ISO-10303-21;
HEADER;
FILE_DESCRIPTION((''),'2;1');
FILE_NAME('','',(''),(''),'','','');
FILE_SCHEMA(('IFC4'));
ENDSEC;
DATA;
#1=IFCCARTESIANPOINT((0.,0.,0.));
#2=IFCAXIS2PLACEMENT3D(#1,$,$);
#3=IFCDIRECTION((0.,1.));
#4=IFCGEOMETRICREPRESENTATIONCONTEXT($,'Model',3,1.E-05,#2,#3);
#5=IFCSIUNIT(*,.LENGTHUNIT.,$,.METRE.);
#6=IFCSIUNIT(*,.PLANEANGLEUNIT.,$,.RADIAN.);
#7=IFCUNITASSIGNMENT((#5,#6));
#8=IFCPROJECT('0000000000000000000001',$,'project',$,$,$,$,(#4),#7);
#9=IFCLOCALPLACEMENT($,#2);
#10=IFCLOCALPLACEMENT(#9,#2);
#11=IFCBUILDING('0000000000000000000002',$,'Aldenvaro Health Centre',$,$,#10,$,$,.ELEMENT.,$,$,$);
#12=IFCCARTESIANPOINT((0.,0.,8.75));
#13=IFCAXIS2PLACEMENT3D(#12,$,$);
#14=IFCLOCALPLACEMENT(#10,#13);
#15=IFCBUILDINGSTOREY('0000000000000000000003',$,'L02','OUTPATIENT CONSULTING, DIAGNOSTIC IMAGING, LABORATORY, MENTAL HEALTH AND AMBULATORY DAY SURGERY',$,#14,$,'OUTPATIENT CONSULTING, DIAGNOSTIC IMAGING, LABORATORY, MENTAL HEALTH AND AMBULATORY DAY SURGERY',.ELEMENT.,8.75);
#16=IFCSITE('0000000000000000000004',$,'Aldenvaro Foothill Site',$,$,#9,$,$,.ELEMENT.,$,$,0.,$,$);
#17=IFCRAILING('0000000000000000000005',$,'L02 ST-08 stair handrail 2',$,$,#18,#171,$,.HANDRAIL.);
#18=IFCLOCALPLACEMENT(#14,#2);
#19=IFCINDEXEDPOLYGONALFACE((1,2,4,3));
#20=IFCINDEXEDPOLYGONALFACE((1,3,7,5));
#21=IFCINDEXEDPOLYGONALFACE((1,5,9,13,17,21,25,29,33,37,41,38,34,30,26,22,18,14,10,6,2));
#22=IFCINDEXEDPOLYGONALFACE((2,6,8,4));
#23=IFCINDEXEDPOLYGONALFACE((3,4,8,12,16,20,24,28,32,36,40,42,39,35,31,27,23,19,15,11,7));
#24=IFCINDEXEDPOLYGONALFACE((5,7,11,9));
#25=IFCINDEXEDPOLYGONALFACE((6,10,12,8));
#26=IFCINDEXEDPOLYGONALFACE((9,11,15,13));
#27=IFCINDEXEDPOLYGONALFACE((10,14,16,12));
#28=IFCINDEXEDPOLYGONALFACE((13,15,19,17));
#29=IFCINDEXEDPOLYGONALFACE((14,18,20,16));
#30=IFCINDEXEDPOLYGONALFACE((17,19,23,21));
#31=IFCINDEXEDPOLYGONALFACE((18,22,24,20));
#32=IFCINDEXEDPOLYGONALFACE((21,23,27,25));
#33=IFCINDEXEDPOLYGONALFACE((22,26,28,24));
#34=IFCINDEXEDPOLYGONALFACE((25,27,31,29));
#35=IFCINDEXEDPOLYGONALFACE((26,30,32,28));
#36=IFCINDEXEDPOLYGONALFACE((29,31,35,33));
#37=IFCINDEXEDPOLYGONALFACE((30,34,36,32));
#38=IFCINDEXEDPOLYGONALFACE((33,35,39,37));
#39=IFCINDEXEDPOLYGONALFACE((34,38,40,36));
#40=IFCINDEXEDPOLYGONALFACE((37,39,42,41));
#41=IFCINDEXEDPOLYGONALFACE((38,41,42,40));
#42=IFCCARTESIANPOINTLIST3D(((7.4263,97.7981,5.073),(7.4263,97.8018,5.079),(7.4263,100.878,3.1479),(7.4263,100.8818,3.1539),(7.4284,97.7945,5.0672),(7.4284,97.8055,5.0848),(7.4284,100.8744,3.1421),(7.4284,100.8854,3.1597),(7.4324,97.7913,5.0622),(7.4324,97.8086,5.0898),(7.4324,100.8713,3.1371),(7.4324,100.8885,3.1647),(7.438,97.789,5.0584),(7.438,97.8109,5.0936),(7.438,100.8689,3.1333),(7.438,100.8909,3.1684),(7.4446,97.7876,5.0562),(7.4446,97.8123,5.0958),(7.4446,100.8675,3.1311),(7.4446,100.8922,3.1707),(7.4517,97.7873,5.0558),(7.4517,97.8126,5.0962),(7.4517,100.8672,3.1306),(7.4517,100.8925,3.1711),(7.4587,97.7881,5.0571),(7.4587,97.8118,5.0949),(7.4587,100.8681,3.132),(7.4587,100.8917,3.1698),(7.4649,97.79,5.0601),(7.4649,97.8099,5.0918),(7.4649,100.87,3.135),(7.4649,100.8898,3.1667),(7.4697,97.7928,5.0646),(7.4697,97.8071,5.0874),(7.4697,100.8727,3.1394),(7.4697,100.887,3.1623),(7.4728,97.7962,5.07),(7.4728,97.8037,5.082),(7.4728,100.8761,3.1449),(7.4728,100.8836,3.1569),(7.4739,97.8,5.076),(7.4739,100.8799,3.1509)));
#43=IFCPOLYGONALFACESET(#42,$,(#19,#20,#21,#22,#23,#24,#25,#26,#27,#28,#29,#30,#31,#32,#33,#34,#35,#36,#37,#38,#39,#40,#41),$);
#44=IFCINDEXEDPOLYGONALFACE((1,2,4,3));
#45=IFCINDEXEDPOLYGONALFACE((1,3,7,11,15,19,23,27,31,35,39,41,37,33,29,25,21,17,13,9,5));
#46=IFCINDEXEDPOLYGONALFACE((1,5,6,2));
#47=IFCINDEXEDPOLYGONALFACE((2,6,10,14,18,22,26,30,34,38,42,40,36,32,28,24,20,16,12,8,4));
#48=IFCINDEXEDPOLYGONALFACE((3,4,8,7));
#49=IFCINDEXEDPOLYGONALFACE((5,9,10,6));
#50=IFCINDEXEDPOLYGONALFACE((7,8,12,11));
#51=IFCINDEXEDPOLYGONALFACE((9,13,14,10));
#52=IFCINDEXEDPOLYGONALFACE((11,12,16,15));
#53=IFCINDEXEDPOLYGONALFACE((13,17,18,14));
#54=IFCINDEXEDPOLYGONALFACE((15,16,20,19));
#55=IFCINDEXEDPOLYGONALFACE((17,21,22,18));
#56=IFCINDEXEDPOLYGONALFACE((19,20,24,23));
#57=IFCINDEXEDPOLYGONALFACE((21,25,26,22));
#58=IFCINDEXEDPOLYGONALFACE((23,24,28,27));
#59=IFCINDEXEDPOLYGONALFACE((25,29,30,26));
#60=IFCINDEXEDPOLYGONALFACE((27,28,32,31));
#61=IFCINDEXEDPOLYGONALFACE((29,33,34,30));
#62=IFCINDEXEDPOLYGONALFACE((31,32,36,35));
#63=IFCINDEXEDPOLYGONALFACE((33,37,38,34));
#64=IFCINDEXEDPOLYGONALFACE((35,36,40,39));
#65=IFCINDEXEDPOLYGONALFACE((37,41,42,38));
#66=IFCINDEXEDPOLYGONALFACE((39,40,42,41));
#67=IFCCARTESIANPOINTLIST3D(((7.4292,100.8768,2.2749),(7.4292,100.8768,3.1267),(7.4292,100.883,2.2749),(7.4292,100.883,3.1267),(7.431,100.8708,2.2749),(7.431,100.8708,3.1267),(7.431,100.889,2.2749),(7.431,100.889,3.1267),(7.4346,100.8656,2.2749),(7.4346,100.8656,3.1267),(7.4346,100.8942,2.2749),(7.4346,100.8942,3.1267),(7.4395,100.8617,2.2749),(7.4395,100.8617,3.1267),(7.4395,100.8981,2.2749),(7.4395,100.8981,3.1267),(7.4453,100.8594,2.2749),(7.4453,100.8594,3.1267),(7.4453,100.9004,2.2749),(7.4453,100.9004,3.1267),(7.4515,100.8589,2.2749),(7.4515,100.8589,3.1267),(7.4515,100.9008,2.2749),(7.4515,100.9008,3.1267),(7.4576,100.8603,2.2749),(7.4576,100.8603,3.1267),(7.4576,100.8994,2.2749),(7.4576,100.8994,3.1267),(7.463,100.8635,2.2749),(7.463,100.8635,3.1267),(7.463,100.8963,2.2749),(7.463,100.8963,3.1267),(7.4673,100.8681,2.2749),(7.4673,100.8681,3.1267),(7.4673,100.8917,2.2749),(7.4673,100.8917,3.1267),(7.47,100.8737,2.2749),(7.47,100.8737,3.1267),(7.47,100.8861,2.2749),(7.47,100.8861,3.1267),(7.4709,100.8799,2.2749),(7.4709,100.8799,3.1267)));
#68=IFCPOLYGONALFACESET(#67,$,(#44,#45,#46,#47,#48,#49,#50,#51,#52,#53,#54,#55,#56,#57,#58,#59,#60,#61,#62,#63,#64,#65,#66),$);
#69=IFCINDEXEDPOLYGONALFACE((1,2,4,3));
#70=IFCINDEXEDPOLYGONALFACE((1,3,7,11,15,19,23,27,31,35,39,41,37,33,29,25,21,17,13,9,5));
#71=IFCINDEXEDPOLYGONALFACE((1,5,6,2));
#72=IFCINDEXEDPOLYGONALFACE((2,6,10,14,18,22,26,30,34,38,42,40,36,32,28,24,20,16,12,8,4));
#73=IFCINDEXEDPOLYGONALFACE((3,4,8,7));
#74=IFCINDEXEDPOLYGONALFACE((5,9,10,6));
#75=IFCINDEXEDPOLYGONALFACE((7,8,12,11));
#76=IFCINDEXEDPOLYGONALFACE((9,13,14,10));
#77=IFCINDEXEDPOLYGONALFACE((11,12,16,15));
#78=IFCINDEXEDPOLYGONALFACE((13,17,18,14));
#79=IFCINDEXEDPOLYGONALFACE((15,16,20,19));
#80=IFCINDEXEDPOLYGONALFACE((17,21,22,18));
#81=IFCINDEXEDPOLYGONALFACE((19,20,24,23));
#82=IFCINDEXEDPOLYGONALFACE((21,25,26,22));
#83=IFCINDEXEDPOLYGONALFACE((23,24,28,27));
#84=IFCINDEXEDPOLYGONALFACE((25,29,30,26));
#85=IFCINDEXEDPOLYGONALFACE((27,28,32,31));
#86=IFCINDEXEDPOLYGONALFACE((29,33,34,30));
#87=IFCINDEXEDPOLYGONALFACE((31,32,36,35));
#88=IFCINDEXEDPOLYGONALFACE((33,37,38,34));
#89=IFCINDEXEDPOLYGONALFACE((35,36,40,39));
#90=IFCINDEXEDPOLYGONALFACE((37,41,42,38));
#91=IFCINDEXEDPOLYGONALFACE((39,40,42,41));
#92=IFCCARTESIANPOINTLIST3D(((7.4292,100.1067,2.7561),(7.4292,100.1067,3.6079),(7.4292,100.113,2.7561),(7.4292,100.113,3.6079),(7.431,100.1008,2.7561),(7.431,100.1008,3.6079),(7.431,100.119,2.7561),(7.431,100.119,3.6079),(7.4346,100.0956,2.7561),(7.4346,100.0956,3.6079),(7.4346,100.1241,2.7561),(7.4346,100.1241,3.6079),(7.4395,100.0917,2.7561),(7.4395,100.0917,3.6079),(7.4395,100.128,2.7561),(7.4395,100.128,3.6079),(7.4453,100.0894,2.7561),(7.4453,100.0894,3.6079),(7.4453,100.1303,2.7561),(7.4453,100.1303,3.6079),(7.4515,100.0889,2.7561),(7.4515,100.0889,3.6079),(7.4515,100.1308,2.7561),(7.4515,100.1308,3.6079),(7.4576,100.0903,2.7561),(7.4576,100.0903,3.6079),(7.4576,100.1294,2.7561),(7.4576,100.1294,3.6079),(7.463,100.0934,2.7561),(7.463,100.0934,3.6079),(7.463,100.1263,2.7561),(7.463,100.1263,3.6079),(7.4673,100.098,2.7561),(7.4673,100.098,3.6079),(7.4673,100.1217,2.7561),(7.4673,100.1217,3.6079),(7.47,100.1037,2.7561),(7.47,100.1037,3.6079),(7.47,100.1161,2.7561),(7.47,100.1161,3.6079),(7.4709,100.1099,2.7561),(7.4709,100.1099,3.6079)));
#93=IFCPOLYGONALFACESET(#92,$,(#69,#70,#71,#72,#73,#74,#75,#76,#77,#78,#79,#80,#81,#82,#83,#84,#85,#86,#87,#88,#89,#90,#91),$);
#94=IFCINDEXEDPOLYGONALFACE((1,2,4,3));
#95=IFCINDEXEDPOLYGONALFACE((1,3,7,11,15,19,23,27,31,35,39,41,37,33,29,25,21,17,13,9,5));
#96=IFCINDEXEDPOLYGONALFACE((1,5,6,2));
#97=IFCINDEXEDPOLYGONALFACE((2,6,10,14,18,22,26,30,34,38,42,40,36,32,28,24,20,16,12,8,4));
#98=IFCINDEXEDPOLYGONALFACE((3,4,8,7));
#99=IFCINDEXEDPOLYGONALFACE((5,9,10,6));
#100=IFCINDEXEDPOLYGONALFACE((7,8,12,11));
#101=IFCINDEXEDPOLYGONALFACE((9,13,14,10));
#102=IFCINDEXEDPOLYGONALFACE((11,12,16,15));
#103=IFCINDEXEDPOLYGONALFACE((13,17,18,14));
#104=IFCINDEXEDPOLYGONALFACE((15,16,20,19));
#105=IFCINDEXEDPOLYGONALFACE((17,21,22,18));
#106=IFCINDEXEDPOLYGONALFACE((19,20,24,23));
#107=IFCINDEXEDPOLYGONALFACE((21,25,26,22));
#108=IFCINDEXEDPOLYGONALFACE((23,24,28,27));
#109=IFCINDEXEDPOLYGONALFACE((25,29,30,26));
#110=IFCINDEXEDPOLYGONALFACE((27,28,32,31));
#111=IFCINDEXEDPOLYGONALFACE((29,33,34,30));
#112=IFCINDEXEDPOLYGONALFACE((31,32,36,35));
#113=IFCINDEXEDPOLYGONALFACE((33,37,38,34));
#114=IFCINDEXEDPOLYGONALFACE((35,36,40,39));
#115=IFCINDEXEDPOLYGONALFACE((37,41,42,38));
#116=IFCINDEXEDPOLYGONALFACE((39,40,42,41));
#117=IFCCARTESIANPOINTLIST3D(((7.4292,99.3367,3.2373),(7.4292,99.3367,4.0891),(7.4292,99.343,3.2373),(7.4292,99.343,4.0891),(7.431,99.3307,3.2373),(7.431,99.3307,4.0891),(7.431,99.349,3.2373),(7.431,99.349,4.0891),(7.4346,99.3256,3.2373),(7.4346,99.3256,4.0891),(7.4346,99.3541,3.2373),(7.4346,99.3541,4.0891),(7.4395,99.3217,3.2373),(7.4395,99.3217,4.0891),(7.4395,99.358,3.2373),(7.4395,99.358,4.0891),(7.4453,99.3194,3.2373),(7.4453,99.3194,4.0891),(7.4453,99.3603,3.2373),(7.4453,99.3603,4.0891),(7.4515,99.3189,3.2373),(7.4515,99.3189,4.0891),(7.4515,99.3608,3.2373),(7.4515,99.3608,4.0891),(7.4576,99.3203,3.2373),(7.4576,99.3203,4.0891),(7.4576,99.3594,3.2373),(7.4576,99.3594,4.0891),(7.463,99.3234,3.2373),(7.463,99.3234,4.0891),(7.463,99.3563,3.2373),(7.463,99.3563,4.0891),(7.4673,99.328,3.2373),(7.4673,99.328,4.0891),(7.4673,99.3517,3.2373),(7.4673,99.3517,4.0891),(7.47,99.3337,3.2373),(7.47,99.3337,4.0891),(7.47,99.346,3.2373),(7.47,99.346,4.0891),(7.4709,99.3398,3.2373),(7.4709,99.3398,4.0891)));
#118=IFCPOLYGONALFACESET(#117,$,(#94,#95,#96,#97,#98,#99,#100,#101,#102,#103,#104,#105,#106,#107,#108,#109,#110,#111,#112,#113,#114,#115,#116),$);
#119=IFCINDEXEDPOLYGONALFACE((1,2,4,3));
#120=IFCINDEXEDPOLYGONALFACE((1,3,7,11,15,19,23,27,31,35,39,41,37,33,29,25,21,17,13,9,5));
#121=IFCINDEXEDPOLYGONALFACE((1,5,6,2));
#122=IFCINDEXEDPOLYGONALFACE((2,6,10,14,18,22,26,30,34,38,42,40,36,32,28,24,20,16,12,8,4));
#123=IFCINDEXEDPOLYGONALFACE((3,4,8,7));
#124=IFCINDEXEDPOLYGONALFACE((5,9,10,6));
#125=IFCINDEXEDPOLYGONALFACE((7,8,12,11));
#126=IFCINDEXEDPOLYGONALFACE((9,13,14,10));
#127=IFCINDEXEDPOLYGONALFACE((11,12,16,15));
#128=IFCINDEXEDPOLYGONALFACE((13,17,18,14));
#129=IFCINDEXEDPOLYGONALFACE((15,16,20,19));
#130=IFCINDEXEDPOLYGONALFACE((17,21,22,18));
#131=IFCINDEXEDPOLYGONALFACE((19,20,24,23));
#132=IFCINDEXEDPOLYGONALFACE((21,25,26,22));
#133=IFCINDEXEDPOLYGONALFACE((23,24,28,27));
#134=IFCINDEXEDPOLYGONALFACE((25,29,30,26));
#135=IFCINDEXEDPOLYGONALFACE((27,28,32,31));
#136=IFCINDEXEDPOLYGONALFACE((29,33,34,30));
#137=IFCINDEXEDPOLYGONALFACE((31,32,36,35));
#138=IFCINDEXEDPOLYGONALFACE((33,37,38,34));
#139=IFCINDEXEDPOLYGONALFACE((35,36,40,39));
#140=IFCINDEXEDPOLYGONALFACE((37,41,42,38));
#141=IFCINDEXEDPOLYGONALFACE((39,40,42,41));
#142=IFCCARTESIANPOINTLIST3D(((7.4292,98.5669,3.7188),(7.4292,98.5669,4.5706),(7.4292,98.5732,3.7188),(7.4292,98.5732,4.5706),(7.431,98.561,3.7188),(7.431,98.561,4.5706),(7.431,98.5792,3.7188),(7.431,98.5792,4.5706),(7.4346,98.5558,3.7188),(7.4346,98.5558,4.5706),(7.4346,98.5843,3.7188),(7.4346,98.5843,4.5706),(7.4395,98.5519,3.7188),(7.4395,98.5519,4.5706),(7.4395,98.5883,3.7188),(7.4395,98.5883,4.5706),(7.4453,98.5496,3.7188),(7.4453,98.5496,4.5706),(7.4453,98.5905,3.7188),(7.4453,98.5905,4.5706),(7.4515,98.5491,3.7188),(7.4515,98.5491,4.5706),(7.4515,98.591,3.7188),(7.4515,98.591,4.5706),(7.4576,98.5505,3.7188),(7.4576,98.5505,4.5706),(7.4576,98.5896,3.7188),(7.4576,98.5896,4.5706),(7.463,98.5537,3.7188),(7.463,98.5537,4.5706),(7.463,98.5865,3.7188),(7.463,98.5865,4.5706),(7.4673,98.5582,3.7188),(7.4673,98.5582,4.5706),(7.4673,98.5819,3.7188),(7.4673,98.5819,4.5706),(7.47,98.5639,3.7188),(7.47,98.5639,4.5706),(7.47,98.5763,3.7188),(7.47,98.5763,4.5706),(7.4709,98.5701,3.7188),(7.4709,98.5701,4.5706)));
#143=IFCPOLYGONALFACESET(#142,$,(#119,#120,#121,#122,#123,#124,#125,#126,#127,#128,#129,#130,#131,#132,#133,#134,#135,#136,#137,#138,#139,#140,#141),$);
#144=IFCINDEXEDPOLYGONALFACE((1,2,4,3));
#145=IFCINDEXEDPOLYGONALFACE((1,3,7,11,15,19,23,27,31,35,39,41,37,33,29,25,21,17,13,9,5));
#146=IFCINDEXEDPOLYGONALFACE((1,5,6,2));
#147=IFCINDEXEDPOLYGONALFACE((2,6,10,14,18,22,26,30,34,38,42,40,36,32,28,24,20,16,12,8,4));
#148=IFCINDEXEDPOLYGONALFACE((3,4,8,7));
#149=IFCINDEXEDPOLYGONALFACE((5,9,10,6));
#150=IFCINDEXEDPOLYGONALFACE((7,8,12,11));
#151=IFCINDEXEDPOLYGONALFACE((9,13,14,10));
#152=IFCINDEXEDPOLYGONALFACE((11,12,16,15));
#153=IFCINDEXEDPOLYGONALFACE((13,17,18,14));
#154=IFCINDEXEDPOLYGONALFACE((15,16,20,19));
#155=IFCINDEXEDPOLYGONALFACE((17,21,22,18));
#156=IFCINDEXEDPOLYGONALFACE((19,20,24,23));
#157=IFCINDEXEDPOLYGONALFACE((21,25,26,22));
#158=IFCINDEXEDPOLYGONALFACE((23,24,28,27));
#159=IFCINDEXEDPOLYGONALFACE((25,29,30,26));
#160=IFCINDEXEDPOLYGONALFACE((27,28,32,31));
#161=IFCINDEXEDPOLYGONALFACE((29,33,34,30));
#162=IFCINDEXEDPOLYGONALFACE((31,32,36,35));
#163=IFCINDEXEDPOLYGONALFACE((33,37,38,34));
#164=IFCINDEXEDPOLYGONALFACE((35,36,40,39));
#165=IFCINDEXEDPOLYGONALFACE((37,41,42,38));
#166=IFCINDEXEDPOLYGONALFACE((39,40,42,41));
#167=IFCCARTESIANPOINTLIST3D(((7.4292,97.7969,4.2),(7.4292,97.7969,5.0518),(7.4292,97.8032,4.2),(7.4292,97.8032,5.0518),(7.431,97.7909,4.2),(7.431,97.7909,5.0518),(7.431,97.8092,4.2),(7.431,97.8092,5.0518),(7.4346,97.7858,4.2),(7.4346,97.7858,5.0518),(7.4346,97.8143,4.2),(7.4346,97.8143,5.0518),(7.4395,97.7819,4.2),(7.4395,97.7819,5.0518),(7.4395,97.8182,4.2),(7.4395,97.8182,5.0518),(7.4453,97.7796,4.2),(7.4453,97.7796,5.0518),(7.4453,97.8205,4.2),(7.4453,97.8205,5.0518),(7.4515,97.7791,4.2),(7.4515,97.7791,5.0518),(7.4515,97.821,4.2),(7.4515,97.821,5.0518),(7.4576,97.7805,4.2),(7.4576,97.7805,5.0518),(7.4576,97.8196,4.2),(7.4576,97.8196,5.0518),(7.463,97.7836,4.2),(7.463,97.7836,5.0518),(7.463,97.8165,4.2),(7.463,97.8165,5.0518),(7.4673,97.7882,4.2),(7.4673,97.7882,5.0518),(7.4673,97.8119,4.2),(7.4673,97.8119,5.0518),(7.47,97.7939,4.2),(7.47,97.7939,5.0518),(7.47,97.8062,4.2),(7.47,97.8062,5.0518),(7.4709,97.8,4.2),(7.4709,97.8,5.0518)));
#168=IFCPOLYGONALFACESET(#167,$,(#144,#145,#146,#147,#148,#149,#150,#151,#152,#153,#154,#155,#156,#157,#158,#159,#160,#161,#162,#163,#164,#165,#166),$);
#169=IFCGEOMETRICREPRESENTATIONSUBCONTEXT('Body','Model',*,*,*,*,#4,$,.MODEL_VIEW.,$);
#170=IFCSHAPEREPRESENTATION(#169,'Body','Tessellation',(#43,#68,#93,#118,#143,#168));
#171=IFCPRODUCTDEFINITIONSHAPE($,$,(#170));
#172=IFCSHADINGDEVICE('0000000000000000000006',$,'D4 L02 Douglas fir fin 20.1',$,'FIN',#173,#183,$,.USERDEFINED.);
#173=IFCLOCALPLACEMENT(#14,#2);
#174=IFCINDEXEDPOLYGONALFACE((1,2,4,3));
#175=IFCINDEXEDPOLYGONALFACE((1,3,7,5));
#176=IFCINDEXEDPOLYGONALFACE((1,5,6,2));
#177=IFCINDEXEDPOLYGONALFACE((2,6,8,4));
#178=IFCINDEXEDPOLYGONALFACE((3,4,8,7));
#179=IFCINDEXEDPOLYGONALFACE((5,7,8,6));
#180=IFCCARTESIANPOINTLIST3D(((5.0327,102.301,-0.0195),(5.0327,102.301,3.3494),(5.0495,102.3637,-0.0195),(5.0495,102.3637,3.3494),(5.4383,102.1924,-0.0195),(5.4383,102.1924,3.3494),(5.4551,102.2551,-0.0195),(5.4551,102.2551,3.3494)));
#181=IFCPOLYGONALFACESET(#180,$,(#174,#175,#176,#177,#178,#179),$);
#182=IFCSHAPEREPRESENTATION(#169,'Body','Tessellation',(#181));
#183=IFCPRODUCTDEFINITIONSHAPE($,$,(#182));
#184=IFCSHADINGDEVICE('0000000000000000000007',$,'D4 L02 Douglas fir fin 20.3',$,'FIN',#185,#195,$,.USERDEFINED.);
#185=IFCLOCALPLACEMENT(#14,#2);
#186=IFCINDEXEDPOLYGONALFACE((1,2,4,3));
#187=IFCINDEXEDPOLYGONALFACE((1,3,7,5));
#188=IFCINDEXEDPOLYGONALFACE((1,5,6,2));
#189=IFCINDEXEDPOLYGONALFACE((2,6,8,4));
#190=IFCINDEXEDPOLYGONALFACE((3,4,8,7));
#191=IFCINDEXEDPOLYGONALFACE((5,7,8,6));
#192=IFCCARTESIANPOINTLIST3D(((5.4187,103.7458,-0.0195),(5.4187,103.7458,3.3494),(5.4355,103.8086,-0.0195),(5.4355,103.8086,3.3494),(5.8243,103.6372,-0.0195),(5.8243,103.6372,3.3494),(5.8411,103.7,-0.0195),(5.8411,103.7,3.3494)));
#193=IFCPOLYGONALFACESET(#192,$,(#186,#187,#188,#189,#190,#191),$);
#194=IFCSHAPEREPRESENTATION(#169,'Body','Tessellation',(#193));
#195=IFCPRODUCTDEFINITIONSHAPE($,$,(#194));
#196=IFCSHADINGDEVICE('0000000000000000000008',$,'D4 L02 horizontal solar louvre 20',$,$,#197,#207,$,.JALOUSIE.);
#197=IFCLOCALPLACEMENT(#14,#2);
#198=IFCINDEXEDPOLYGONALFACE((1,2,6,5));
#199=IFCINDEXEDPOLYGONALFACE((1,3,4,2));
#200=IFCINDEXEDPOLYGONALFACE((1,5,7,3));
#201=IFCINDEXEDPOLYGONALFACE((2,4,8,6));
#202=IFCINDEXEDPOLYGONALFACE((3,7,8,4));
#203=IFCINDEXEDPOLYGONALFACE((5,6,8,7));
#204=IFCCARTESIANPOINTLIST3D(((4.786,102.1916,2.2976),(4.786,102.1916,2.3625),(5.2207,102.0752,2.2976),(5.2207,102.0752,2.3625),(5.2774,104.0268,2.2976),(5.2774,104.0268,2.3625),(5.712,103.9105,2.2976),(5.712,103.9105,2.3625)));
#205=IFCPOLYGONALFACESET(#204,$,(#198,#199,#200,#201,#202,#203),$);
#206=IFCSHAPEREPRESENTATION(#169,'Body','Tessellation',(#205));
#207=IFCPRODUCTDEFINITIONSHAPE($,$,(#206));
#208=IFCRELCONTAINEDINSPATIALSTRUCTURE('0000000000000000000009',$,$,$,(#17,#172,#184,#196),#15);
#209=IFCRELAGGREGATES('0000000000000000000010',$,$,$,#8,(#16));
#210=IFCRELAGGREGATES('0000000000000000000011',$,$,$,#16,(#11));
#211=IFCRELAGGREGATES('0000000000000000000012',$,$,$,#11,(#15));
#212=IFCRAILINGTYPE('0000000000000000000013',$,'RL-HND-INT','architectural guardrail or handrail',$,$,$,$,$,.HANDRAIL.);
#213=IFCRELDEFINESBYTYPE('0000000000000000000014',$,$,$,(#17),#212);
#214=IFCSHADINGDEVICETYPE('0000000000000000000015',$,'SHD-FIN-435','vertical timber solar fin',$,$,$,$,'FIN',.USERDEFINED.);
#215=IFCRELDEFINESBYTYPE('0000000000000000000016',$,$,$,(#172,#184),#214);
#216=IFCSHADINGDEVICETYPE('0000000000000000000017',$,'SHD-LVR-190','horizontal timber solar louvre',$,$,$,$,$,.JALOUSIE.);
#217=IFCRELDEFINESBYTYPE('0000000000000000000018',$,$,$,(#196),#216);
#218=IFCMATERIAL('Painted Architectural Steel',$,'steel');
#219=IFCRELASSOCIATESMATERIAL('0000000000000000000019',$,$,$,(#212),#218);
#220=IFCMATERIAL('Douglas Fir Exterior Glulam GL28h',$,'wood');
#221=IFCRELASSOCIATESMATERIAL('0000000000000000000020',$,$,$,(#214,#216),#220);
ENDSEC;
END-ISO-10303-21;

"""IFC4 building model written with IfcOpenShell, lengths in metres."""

from ifc_helpers import new_model, si_unit, direction, frame, origin, origin_2d, place, context, subcontext, project, spatial, rectangle, circle, extrude, material, type_object, element, save


model = new_model("IFC4")

# Units and contexts
model_context = context("Model", 3, precision=1e-05, world=origin(), true_north=direction((0.0, 1.0)))
body_context = subcontext(model_context, "Body", "Model", "MODEL_VIEW")
ifc_project = project(units=[si_unit("LENGTHUNIT", "METRE"), si_unit("PLANEANGLEUNIT", "RADIAN")], contexts=[model_context])

# Site, building, storey
site_placement = place(None, origin())
site = spatial("IfcSite", under=ifc_project, at=site_placement, Name="Aldenvaro Foothill Site", CompositionType="ELEMENT", RefElevation=0.0)
building_placement = place(site_placement, origin())
building = spatial("IfcBuilding", under=site, at=building_placement, Name="Aldenvaro Health Centre", CompositionType="ELEMENT")
storey_placement = place(building_placement, frame((0.0, 0.0, 8.75)))
storey = spatial("IfcBuildingStorey", under=building, at=storey_placement, Name="L02", Description="OUTPATIENT CONSULTING, DIAGNOSTIC IMAGING, LABORATORY, MENTAL HEALTH AND AMBULATORY DAY SURGERY", LongName="OUTPATIENT CONSULTING, DIAGNOSTIC IMAGING, LABORATORY, MENTAL HEALTH AND AMBULATORY DAY SURGERY", CompositionType="ELEMENT", Elevation=8.75)

# Railing
ifc_material_1 = material(Name="Painted Architectural Steel", Category="steel")
railing_type_1 = type_object("IfcRailingType", Name="RL-HND-INT", Description="architectural guardrail or handrail", PredefinedType="HANDRAIL", material=ifc_material_1)
railing_1_placement = place(storey_placement, frame((7.45, 100.8799, 2.2749)))
element("IfcRailing", 1, at=railing_1_placement, inside=storey, type_object=railing_type_1, Name="L02 ST-08 stair handrail 2", PredefinedType="HANDRAIL", context=body_context, shape_type="SweptSolid", body=[
    extrude(circle(Radius=0.0239, at=origin_2d()), frame((0.0, 0.0, 0.876), z_axis=(0.0, -0.847979, 0.530029), x_axis=(1.0, 0.0, 0.0)), (0.0, 0.0, 1.0), 3.6321),
    extrude(circle(Radius=0.021, at=origin_2d()), origin(), (0.0, 0.0, 1.0), 0.8518),
    extrude(circle(Radius=0.021, at=origin_2d()), frame((0.0, -0.77, 0.4812)), (0.0, 0.0, 1.0), 0.8518),
    extrude(circle(Radius=0.021, at=origin_2d()), frame((0.0, -1.54, 0.9624)), (0.0, 0.0, 1.0), 0.8518),
    extrude(circle(Radius=0.021, at=origin_2d()), frame((0.0, -2.3098, 1.4438)), (0.0, 0.0, 1.0), 0.8518),
    extrude(circle(Radius=0.021, at=origin_2d()), frame((0.0, -3.0798, 1.925)), (0.0, 0.0, 1.0), 0.8518),
])

# Shading devices
ifc_material_2 = material(Name="Douglas Fir Exterior Glulam GL28h", Category="wood")
shading_device_type_1 = type_object("IfcShadingDeviceType", Name="SHD-FIN-435", Description="vertical timber solar fin", ElementType="FIN", PredefinedType="USERDEFINED", material=ifc_material_2)
for number, where, z_axis, x_axis, name in (
    (2, (5.2439, 102.2781, -0.0195), (0.0, 0.0, 1.0), (0.258622, 0.965979, 0.0), "D4 L02 Douglas fir fin 20.1"),
    (3, (5.6299, 103.7229, -0.0195), (0.0, 0.0, 1.0), (0.258622, 0.965979, 0.0), "D4 L02 Douglas fir fin 20.3"),
):
    element("IfcShadingDevice", number, at=place(storey_placement, frame(where, z_axis=z_axis, x_axis=x_axis)), inside=storey, type_object=shading_device_type_1, Name=name, ObjectType="FIN", PredefinedType="USERDEFINED", context=body_context, shape_type="SweptSolid", body=[
        extrude(rectangle(XDim=0.0649, YDim=0.4199, at=origin_2d()), origin(), (0.0, 0.0, 1.0), 3.3689),
    ])
shading_device_type_2 = type_object("IfcShadingDeviceType", Name="SHD-LVR-190", Description="horizontal timber solar louvre", PredefinedType="JALOUSIE", material=ifc_material_2)
shading_device_placement = place(storey_placement, frame((5.249, 103.051, 2.2976), z_axis=(0.0, 0.0, 1.0), x_axis=(0.258622, 0.965979, 0.0)))
element("IfcShadingDevice", 4, at=shading_device_placement, inside=storey, type_object=shading_device_type_2, Name="D4 L02 horizontal solar louvre 20", PredefinedType="JALOUSIE", context=body_context, shape_type="SweptSolid", body=[
    extrude(rectangle(XDim=1.8999, YDim=0.45, at=origin_2d()), origin(), (0.0, 0.0, 1.0), 0.0649),
])

save(model, "model.ifc")
